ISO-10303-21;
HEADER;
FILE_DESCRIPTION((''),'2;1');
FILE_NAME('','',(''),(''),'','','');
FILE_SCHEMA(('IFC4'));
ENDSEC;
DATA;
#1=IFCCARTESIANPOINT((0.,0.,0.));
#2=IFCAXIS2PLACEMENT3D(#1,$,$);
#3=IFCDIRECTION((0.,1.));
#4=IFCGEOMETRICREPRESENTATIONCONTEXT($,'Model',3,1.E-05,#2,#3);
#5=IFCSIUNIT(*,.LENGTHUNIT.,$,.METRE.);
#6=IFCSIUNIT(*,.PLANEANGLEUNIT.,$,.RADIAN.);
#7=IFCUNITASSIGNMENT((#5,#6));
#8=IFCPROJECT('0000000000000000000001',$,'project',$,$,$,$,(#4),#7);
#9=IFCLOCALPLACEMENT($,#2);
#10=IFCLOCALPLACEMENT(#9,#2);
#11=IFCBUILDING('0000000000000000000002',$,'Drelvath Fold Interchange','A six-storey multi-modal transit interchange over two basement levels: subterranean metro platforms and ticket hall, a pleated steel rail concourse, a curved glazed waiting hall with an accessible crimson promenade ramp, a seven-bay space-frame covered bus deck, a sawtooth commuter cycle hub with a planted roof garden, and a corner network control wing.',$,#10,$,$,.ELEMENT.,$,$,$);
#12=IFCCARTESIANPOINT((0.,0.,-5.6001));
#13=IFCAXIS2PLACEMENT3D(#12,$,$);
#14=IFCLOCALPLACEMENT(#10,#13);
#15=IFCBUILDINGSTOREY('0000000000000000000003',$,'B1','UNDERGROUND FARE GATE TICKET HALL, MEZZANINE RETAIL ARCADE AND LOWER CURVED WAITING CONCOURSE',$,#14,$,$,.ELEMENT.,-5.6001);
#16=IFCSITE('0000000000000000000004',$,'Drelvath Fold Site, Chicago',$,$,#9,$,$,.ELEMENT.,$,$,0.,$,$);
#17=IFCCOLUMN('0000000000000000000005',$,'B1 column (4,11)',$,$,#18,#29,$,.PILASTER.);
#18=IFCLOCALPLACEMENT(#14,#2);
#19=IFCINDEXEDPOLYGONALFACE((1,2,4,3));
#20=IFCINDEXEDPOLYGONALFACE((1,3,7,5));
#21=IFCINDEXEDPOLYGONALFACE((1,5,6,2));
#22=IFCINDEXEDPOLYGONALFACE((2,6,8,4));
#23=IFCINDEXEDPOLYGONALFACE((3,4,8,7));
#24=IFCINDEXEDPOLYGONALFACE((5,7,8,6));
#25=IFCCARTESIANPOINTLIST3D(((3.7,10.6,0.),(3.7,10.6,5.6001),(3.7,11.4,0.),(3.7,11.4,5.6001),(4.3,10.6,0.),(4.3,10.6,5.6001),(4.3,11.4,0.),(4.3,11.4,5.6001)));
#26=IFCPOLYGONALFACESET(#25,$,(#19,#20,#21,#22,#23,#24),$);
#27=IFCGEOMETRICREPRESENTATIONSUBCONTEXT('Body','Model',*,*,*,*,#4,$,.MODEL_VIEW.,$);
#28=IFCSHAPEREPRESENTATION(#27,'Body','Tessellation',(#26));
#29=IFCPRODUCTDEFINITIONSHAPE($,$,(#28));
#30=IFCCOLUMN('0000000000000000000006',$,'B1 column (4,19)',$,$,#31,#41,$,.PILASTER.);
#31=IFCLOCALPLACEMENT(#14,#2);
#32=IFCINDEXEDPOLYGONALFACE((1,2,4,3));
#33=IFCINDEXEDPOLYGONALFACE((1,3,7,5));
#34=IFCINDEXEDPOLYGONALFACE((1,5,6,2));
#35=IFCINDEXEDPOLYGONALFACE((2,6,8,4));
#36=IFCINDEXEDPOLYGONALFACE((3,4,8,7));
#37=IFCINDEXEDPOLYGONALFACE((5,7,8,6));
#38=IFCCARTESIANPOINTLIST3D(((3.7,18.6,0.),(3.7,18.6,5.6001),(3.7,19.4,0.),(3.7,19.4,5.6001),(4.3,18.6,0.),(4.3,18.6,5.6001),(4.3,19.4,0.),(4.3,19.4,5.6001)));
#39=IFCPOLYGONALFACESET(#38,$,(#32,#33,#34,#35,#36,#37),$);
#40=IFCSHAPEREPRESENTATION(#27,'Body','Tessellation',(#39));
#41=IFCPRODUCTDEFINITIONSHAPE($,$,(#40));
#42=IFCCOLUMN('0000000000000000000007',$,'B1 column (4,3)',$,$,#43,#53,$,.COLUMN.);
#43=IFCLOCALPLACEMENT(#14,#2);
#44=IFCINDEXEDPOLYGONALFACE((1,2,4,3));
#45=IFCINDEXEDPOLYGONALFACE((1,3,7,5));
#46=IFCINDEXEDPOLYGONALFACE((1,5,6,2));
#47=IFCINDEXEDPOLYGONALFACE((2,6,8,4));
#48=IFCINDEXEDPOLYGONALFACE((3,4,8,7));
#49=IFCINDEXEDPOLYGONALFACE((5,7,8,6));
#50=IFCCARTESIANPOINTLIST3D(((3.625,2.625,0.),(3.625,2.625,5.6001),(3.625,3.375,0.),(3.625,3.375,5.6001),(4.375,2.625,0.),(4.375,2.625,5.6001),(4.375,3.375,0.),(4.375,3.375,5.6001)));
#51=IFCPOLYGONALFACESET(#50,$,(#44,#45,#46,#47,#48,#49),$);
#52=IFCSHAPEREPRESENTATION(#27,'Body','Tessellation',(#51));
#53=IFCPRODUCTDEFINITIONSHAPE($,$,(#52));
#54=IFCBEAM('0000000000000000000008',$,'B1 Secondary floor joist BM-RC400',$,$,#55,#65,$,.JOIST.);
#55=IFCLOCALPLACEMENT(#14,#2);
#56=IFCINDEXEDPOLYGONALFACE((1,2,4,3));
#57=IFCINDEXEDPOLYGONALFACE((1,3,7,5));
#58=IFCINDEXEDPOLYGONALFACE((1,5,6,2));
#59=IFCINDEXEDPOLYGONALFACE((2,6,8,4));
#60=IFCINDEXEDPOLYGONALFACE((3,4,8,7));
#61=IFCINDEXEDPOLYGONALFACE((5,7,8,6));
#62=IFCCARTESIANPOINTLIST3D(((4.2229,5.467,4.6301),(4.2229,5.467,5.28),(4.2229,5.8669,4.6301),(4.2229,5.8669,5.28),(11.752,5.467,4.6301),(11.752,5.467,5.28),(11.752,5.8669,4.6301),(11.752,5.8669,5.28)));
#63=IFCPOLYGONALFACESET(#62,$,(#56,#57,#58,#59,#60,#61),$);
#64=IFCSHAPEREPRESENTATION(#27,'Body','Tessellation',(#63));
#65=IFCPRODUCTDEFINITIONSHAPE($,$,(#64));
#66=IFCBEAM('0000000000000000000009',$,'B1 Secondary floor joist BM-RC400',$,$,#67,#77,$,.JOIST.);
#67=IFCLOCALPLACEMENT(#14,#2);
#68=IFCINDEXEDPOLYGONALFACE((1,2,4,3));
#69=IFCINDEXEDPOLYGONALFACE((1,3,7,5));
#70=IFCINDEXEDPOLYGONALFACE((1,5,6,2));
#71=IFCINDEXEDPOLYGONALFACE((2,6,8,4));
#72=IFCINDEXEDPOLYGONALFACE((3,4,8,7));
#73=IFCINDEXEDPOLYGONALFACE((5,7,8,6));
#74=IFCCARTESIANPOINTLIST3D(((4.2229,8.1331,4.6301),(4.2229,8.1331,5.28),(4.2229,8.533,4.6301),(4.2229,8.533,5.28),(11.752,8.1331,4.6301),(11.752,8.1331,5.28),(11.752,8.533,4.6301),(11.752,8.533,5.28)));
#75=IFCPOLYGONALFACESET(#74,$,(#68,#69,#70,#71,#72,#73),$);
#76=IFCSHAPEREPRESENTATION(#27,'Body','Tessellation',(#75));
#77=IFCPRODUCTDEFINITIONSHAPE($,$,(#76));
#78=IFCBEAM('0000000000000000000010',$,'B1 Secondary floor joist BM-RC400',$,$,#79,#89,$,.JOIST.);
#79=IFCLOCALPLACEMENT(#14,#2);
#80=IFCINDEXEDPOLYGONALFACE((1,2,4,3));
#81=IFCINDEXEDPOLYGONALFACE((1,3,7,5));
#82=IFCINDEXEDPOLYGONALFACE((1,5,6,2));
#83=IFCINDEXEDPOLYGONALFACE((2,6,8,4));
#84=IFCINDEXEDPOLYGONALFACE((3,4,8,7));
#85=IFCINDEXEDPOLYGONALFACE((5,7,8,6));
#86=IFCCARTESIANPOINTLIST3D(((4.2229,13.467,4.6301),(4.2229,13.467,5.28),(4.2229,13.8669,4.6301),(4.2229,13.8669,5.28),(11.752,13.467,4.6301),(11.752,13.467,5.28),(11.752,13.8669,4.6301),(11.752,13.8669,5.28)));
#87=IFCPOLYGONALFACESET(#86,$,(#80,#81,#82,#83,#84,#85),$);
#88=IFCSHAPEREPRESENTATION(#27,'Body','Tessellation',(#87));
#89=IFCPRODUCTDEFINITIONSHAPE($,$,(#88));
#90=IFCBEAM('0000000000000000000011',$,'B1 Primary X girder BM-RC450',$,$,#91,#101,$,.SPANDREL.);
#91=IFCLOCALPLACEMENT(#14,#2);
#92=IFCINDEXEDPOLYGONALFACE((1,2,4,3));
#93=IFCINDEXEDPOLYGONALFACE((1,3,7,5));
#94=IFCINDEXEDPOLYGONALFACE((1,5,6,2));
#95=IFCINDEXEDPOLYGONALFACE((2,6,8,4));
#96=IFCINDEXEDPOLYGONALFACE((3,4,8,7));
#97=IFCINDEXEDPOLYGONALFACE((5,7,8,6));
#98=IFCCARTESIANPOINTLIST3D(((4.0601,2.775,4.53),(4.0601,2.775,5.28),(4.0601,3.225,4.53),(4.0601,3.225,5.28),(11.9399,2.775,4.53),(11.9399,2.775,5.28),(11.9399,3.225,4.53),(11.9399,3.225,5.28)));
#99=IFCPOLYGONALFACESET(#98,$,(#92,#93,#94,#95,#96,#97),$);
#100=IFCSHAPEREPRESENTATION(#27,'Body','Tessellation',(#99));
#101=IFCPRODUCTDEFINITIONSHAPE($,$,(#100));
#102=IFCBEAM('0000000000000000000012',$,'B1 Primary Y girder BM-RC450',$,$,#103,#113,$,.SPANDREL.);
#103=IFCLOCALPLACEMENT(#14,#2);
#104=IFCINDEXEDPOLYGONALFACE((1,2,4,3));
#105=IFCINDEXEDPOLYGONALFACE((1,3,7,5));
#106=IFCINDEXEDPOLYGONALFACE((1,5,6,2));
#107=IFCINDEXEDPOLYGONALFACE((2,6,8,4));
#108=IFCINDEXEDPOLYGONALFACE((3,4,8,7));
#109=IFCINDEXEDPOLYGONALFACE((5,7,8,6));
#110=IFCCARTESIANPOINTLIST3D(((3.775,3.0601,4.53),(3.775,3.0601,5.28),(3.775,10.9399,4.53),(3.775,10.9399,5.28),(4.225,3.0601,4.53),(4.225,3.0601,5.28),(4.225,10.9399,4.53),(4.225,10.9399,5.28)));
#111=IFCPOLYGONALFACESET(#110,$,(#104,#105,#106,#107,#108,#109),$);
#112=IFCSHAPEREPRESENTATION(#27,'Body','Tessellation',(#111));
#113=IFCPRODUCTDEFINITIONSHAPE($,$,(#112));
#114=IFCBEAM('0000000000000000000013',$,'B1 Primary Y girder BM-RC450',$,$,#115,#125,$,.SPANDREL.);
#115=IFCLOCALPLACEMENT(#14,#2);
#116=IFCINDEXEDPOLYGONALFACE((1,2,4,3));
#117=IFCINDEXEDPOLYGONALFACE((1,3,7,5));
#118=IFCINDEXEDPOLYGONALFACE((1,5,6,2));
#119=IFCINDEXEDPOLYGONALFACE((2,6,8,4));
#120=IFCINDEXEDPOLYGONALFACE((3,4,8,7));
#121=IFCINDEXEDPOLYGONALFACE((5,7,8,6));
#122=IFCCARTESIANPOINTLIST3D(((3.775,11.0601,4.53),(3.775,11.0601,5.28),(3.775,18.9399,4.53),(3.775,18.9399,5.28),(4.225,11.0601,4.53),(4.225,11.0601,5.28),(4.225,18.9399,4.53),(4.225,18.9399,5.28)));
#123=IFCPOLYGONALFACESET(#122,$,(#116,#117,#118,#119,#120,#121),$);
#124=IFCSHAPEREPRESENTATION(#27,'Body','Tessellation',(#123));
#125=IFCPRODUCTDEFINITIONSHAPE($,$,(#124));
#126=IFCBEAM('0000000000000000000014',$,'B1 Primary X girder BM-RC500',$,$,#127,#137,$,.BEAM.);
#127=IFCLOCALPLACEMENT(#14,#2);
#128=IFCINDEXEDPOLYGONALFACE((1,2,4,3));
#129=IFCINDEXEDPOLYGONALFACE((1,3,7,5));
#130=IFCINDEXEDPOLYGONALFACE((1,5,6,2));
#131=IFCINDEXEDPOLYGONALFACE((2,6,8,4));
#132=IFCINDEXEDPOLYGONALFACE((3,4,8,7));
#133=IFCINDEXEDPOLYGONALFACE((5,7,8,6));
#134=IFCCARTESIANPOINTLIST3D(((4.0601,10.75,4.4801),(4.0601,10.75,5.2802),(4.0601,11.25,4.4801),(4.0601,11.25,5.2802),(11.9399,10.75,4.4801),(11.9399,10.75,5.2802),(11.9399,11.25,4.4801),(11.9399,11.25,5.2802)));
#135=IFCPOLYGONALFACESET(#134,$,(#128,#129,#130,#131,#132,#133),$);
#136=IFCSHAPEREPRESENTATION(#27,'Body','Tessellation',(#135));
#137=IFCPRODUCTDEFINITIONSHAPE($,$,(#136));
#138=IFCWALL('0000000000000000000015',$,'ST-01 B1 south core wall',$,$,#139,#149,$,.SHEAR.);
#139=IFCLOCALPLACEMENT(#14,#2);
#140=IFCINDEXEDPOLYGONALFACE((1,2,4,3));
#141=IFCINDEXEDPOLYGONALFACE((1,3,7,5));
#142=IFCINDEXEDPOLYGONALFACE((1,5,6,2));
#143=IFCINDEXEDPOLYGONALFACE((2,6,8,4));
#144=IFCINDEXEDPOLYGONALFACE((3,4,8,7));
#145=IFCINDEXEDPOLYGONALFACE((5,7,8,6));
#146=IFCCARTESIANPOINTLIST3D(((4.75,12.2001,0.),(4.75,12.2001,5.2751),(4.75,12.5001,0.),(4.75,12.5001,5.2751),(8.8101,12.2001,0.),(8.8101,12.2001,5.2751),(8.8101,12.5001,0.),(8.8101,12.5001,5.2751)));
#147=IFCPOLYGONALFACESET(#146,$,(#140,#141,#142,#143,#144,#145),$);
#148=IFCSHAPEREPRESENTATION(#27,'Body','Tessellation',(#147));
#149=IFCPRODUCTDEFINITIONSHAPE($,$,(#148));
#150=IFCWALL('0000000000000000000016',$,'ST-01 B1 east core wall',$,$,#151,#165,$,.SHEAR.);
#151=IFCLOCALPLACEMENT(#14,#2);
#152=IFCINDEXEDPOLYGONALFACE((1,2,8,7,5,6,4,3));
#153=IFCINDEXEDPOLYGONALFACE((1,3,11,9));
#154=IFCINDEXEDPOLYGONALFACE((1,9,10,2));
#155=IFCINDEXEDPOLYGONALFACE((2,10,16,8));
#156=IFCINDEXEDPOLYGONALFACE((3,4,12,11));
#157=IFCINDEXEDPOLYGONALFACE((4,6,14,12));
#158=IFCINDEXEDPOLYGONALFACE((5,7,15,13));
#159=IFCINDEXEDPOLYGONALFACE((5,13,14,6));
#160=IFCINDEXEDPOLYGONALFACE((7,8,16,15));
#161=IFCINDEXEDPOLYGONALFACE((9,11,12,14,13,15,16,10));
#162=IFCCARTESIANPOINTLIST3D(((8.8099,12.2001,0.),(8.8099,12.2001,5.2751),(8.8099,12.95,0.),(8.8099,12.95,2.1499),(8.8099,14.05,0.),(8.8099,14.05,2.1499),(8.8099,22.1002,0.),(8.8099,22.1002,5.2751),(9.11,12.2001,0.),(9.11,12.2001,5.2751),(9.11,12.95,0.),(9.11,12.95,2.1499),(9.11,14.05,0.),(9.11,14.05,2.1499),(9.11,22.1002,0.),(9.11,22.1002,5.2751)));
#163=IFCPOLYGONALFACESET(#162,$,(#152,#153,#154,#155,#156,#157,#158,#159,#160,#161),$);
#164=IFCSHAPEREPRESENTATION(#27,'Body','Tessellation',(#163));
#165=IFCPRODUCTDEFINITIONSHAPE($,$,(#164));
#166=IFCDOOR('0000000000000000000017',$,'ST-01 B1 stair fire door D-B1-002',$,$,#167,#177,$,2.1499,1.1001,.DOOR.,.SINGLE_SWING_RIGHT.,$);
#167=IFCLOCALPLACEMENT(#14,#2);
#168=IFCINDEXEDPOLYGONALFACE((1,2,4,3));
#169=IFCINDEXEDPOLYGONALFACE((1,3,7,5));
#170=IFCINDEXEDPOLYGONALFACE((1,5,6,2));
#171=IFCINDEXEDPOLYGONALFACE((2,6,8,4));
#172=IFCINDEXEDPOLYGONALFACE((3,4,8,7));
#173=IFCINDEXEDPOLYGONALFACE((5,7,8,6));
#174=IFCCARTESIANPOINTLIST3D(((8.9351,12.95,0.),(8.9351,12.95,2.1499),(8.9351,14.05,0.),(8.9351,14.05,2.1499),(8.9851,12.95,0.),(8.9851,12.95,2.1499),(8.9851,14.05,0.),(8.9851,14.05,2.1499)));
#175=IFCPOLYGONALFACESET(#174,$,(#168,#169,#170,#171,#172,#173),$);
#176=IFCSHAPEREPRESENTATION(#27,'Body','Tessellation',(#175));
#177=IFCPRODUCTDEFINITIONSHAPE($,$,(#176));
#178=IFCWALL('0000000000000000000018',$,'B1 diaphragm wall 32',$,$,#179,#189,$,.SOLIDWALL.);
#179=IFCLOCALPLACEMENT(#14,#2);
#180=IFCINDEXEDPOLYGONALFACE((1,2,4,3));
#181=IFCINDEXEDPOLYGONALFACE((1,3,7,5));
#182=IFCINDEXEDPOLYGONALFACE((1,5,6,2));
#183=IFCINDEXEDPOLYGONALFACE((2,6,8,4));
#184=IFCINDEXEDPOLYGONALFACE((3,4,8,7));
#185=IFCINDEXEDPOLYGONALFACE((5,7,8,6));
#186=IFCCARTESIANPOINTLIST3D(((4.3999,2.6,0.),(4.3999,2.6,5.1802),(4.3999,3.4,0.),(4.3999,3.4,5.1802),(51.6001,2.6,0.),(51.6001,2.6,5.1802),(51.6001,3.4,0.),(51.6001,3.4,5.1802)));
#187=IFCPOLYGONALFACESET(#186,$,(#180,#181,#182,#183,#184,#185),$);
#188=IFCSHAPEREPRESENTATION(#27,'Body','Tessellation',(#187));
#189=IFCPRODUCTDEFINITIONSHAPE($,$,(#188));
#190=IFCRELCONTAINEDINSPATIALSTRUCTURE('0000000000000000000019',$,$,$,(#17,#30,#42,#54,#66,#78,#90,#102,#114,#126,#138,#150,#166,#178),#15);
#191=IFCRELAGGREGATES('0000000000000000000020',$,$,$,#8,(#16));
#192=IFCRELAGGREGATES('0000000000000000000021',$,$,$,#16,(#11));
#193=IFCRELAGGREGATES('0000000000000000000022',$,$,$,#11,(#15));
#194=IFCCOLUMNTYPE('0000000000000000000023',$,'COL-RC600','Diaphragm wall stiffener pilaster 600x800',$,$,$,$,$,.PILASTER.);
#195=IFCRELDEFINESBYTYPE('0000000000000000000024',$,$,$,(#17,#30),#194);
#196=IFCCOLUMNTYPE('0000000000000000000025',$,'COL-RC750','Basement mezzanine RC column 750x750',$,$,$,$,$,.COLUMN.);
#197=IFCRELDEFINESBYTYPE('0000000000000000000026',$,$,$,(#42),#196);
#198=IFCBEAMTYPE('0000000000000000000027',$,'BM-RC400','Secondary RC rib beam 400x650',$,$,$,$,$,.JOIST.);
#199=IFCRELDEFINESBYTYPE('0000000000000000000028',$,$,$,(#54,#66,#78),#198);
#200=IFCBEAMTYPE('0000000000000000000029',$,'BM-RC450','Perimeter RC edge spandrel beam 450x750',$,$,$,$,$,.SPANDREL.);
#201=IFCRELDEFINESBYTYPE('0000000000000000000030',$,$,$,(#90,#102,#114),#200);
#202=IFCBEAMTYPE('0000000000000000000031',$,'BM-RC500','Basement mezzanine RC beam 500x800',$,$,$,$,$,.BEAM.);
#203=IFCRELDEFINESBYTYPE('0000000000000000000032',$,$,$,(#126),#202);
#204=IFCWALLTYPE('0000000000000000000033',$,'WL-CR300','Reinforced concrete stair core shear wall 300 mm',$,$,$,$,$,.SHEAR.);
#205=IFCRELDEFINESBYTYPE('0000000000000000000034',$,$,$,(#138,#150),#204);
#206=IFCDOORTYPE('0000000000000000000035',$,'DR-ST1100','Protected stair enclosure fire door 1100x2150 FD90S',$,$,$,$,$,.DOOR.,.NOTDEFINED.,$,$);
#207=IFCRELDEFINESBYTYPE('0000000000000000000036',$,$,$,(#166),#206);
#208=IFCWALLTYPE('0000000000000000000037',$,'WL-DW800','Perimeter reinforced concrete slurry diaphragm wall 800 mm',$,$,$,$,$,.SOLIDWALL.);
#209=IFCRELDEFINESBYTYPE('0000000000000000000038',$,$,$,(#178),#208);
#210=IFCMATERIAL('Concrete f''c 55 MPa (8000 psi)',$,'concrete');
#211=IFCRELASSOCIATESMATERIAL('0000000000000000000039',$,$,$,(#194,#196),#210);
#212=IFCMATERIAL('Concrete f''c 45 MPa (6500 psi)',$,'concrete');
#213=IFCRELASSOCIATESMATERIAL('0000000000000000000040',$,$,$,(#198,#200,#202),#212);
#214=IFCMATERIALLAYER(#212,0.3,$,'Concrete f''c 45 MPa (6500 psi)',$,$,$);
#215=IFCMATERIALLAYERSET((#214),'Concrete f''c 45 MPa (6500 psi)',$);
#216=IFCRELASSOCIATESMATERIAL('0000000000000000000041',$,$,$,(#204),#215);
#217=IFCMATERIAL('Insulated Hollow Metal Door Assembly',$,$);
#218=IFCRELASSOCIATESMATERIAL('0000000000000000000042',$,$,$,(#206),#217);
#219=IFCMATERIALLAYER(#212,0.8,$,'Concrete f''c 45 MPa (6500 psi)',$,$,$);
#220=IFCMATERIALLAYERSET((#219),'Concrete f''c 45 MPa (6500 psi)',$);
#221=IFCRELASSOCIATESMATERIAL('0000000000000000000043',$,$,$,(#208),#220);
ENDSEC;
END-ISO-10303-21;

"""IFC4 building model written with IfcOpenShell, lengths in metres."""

from ifc_helpers import new_model, si_unit, direction, frame, frame_2d, origin, origin_2d, place, context, subcontext, project, spatial, rectangle, extrude, material, layer, layer_set, material_profile, profile_set, type_object, element, fill, save


model = new_model("IFC4")

# Units and contexts
model_context = context("Model", 3, precision=1e-05, world=origin(), true_north=direction((0.0, 1.0)))
body_context = subcontext(model_context, "Body", "Model", "MODEL_VIEW")
ifc_project = project(units=[si_unit("LENGTHUNIT", "METRE"), si_unit("PLANEANGLEUNIT", "RADIAN")], contexts=[model_context])

# Site, building, storey
site_placement = place(None, origin())
site = spatial("IfcSite", under=ifc_project, at=site_placement, Name="Drelvath Fold Site, Chicago", CompositionType="ELEMENT", RefElevation=0.0)
building_placement = place(site_placement, origin())
building = spatial("IfcBuilding", under=site, at=building_placement, Name="Drelvath Fold Interchange", Description="A six-storey multi-modal transit interchange over two basement levels: subterranean metro platforms and ticket hall, a pleated steel rail concourse, a curved glazed waiting hall with an accessible crimson promenade ramp, a seven-bay space-frame covered bus deck, a sawtooth commuter cycle hub with a planted roof garden, and a corner network control wing.", CompositionType="ELEMENT")
storey_placement = place(building_placement, frame((0.0, 0.0, -5.6001)))
storey = spatial("IfcBuildingStorey", under=building, at=storey_placement, Name="B1", Description="UNDERGROUND FARE GATE TICKET HALL, MEZZANINE RETAIL ARCADE AND LOWER CURVED WAITING CONCOURSE", CompositionType="ELEMENT", Elevation=-5.6001)

# Columns
ifc_material_1 = material(Name="Concrete f'c 55 MPa (8000 psi)", Category="concrete")
ifc_material_profile_1 = material_profile(ifc_material_1, rectangle(XDim=0.6001, YDim=0.8, at=origin_2d()), Name="RC 600x800")
ifc_profile_set_1 = profile_set([ifc_material_profile_1], Name="Concrete f'c 55 MPa (8000 psi)")
column_type_1 = type_object("IfcColumnType", Name="COL-RC600", Description="Diaphragm wall stiffener pilaster 600x800", PredefinedType="PILASTER", material=ifc_profile_set_1)
for number, where, z_axis, x_axis, name in (
    (1, (4.0, 11.0, 0.0), (0.0, 0.0, 1.0), (1.0, 0.0, 0.0), "B1 column (4,11)"),
    (2, (4.0, 19.0, 0.0), (0.0, 0.0, 1.0), (1.0, 0.0, 0.0), "B1 column (4,19)"),
):
    element("IfcColumn", number, at=place(storey_placement, frame(where, z_axis=z_axis, x_axis=x_axis)), inside=storey, type_object=column_type_1, Name=name, PredefinedType="PILASTER", context=body_context, shape_type="SweptSolid", body=[
        extrude(rectangle(XDim=0.6001, YDim=0.8, at=origin_2d()), origin(), (0.0, 0.0, 1.0), 5.6001),
    ])
ifc_material_profile_2 = material_profile(ifc_material_1, rectangle(XDim=0.75, YDim=0.75, at=origin_2d()), Name="RC 750x750")
ifc_profile_set_2 = profile_set([ifc_material_profile_2], Name="Concrete f'c 55 MPa (8000 psi)")
column_type_2 = type_object("IfcColumnType", Name="COL-RC750", Description="Basement mezzanine RC column 750x750", PredefinedType="COLUMN", material=ifc_profile_set_2)
column_placement = place(storey_placement, frame((4.0, 3.0, 0.0), z_axis=(0.0, 0.0, 1.0), x_axis=(1.0, 0.0, 0.0)))
element("IfcColumn", 3, at=column_placement, inside=storey, type_object=column_type_2, Name="B1 column (4,3)", PredefinedType="COLUMN", context=body_context, shape_type="SweptSolid", body=[
    extrude(rectangle(XDim=0.75, YDim=0.75, at=origin_2d()), origin(), (0.0, 0.0, 1.0), 5.6001),
])

# Beams
ifc_material_2 = material(Name="Concrete f'c 45 MPa (6500 psi)", Category="concrete")
ifc_material_profile_3 = material_profile(ifc_material_2, rectangle(XDim=0.3999, YDim=0.6499, at=origin_2d()), Name="RC 400x650")
ifc_profile_set_3 = profile_set([ifc_material_profile_3], Name="Concrete f'c 45 MPa (6500 psi)")
beam_type_1 = type_object("IfcBeamType", Name="BM-RC400", Description="Secondary RC rib beam 400x650", PredefinedType="JOIST", material=ifc_profile_set_3)
for number, where, z_axis, x_axis, name in (
    (4, (4.2229, 5.667, 4.9551), (1.0, 0.0, 0.0), (0.0, 1.0, 0.0), "B1 Secondary floor joist BM-RC400"),
    (5, (4.2229, 8.333, 4.9551), (1.0, 0.0, 0.0), (0.0, 1.0, 0.0), "B1 Secondary floor joist BM-RC400"),
    (6, (4.2229, 13.667, 4.9551), (1.0, 0.0, 0.0), (0.0, 1.0, 0.0), "B1 Secondary floor joist BM-RC400"),
):
    element("IfcBeam", number, at=place(storey_placement, frame(where, z_axis=z_axis, x_axis=x_axis)), inside=storey, type_object=beam_type_1, Name=name, PredefinedType="JOIST", context=body_context, shape_type="SweptSolid", body=[
        extrude(rectangle(XDim=0.3999, YDim=0.6499, at=origin_2d()), origin(), (0.0, 0.0, 1.0), 7.5291),
    ])
ifc_material_profile_4 = material_profile(ifc_material_2, rectangle(XDim=0.45, YDim=0.75, at=origin_2d()), Name="RC 450x750")
ifc_profile_set_4 = profile_set([ifc_material_profile_4], Name="Concrete f'c 45 MPa (6500 psi)")
beam_type_2 = type_object("IfcBeamType", Name="BM-RC450", Description="Perimeter RC edge spandrel beam 450x750", PredefinedType="SPANDREL", material=ifc_profile_set_4)
for number, where, z_axis, x_axis, name in (
    (7, (4.0601, 3.0, 4.905), (1.0, 0.0, 0.0), (0.0, 1.0, 0.0), "B1 Primary X girder BM-RC450"),
    (8, (4.0, 3.0601, 4.905), (0.0, 1.0, 0.0), (-1.0, 0.0, 0.0), "B1 Primary Y girder BM-RC450"),
    (9, (4.0, 11.0601, 4.905), (0.0, 1.0, 0.0), (-1.0, 0.0, 0.0), "B1 Primary Y girder BM-RC450"),
):
    element("IfcBeam", number, at=place(storey_placement, frame(where, z_axis=z_axis, x_axis=x_axis)), inside=storey, type_object=beam_type_2, Name=name, PredefinedType="SPANDREL", context=body_context, shape_type="SweptSolid", body=[
        extrude(rectangle(XDim=0.45, YDim=0.75, at=origin_2d()), origin(), (0.0, 0.0, 1.0), 7.8799),
    ])
ifc_material_profile_5 = material_profile(ifc_material_2, rectangle(XDim=0.5, YDim=0.8, at=origin_2d()), Name="RC 500x800")
ifc_profile_set_5 = profile_set([ifc_material_profile_5], Name="Concrete f'c 45 MPa (6500 psi)")
beam_type_3 = type_object("IfcBeamType", Name="BM-RC500", Description="Basement mezzanine RC beam 500x800", PredefinedType="BEAM", material=ifc_profile_set_5)
beam_placement = place(storey_placement, frame((4.0601, 11.0, 4.8801), z_axis=(1.0, 0.0, 0.0), x_axis=(0.0, 1.0, 0.0)))
element("IfcBeam", 10, at=beam_placement, inside=storey, type_object=beam_type_3, Name="B1 Primary X girder BM-RC500", PredefinedType="BEAM", context=body_context, shape_type="SweptSolid", body=[
    extrude(rectangle(XDim=0.5, YDim=0.8, at=origin_2d()), origin(), (0.0, 0.0, 1.0), 7.8799),
])

# Wall
ifc_layer_1 = layer(ifc_material_2, 0.3, Name="Concrete f'c 45 MPa (6500 psi)")
ifc_layer_set_1 = layer_set([ifc_layer_1], Name="Concrete f'c 45 MPa (6500 psi)")
wall_type_1 = type_object("IfcWallType", Name="WL-CR300", Description="Reinforced concrete stair core shear wall 300 mm", PredefinedType="SHEAR", material=ifc_layer_set_1)
wall_1_placement = place(storey_placement, frame((4.75, 12.3501, 0.0), z_axis=(0.0, 0.0, 1.0), x_axis=(1.0, 0.0, 0.0)))
element("IfcWall", 11, at=wall_1_placement, inside=storey, type_object=wall_type_1, Name="ST-01 B1 south core wall", PredefinedType="SHEAR", context=body_context, shape_type="SweptSolid", body=[
    extrude(rectangle(XDim=4.0601, YDim=0.3, at=frame_2d((2.03, 0.0))), origin(), (0.0, 0.0, 1.0), 5.2751),
])

# Wall, opening, door
wall_2_placement = place(storey_placement, frame((8.96, 12.2, 0.0), z_axis=(0.0, 0.0, 1.0), x_axis=(0.0, 1.0, 0.0)))
wall_2 = element("IfcWall", 12, at=wall_2_placement, inside=storey, type_object=wall_type_1, Name="ST-01 B1 east core wall", PredefinedType="SHEAR", context=body_context, shape_type="SweptSolid", body=[
    extrude(rectangle(XDim=9.9001, YDim=0.3, at=frame_2d((4.9502, 0.0))), origin(), (0.0, 0.0, 1.0), 5.2751),
])
opening_1_placement = place(wall_2_placement, frame((0.75, 0.0, 0.0)))
opening_1 = element("IfcOpeningElement", 13, at=opening_1_placement, cuts=wall_2, PredefinedType="OPENING", context=body_context, shape_type="SweptSolid", body=[
    extrude(rectangle(XDim=1.1001, YDim=2.1499, at=frame_2d((0.55, 1.075))), frame((0.0, 0.1599, 0.0), z_axis=(0.0, -1.0, 0.0), x_axis=(1.0, 0.0, 0.0)), (0.0, 0.0, 1.0), 0.3201),
])
ifc_material_3 = material(Name="Insulated Hollow Metal Door Assembly")
door_type_1 = type_object("IfcDoorType", Name="DR-ST1100", Description="Protected stair enclosure fire door 1100x2150 FD90S", OperationType="NOTDEFINED", PredefinedType="DOOR", material=ifc_material_3)
door_1_placement = place(opening_1_placement, origin())
door_1 = element("IfcDoor", 14, at=door_1_placement, inside=storey, type_object=door_type_1, Name="ST-01 B1 stair fire door D-B1-002", OperationType="SINGLE_SWING_RIGHT", OverallHeight=2.1499, OverallWidth=1.1001, PredefinedType="DOOR", context=body_context, shape_type="SweptSolid", body=[
    extrude(rectangle(XDim=1.1001, YDim=2.1499, at=frame_2d((0.55, 1.075))), frame((0.0, 0.0249, 0.0), z_axis=(0.0, -1.0, 0.0), x_axis=(1.0, 0.0, 0.0)), (0.0, 0.0, 1.0), 0.05),
])
fill(opening_1, door_1)

# Wall
ifc_layer_2 = layer(ifc_material_2, 0.8, Name="Concrete f'c 45 MPa (6500 psi)")
ifc_layer_set_2 = layer_set([ifc_layer_2], Name="Concrete f'c 45 MPa (6500 psi)")
wall_type_2 = type_object("IfcWallType", Name="WL-DW800", Description="Perimeter reinforced concrete slurry diaphragm wall 800 mm", PredefinedType="SOLIDWALL", material=ifc_layer_set_2)
wall_3_placement = place(storey_placement, frame((4.3999, 3.0, 0.0), z_axis=(0.0, 0.0, 1.0), x_axis=(1.0, 0.0, 0.0)))
element("IfcWall", 15, at=wall_3_placement, inside=storey, type_object=wall_type_2, Name="B1 diaphragm wall 32", PredefinedType="SOLIDWALL", context=body_context, shape_type="SweptSolid", body=[
    extrude(rectangle(XDim=47.2002, YDim=0.8, at=frame_2d((23.6001, 0.0))), origin(), (0.0, 0.0, 1.0), 5.1802),
])

save(model, "model.ifc")
